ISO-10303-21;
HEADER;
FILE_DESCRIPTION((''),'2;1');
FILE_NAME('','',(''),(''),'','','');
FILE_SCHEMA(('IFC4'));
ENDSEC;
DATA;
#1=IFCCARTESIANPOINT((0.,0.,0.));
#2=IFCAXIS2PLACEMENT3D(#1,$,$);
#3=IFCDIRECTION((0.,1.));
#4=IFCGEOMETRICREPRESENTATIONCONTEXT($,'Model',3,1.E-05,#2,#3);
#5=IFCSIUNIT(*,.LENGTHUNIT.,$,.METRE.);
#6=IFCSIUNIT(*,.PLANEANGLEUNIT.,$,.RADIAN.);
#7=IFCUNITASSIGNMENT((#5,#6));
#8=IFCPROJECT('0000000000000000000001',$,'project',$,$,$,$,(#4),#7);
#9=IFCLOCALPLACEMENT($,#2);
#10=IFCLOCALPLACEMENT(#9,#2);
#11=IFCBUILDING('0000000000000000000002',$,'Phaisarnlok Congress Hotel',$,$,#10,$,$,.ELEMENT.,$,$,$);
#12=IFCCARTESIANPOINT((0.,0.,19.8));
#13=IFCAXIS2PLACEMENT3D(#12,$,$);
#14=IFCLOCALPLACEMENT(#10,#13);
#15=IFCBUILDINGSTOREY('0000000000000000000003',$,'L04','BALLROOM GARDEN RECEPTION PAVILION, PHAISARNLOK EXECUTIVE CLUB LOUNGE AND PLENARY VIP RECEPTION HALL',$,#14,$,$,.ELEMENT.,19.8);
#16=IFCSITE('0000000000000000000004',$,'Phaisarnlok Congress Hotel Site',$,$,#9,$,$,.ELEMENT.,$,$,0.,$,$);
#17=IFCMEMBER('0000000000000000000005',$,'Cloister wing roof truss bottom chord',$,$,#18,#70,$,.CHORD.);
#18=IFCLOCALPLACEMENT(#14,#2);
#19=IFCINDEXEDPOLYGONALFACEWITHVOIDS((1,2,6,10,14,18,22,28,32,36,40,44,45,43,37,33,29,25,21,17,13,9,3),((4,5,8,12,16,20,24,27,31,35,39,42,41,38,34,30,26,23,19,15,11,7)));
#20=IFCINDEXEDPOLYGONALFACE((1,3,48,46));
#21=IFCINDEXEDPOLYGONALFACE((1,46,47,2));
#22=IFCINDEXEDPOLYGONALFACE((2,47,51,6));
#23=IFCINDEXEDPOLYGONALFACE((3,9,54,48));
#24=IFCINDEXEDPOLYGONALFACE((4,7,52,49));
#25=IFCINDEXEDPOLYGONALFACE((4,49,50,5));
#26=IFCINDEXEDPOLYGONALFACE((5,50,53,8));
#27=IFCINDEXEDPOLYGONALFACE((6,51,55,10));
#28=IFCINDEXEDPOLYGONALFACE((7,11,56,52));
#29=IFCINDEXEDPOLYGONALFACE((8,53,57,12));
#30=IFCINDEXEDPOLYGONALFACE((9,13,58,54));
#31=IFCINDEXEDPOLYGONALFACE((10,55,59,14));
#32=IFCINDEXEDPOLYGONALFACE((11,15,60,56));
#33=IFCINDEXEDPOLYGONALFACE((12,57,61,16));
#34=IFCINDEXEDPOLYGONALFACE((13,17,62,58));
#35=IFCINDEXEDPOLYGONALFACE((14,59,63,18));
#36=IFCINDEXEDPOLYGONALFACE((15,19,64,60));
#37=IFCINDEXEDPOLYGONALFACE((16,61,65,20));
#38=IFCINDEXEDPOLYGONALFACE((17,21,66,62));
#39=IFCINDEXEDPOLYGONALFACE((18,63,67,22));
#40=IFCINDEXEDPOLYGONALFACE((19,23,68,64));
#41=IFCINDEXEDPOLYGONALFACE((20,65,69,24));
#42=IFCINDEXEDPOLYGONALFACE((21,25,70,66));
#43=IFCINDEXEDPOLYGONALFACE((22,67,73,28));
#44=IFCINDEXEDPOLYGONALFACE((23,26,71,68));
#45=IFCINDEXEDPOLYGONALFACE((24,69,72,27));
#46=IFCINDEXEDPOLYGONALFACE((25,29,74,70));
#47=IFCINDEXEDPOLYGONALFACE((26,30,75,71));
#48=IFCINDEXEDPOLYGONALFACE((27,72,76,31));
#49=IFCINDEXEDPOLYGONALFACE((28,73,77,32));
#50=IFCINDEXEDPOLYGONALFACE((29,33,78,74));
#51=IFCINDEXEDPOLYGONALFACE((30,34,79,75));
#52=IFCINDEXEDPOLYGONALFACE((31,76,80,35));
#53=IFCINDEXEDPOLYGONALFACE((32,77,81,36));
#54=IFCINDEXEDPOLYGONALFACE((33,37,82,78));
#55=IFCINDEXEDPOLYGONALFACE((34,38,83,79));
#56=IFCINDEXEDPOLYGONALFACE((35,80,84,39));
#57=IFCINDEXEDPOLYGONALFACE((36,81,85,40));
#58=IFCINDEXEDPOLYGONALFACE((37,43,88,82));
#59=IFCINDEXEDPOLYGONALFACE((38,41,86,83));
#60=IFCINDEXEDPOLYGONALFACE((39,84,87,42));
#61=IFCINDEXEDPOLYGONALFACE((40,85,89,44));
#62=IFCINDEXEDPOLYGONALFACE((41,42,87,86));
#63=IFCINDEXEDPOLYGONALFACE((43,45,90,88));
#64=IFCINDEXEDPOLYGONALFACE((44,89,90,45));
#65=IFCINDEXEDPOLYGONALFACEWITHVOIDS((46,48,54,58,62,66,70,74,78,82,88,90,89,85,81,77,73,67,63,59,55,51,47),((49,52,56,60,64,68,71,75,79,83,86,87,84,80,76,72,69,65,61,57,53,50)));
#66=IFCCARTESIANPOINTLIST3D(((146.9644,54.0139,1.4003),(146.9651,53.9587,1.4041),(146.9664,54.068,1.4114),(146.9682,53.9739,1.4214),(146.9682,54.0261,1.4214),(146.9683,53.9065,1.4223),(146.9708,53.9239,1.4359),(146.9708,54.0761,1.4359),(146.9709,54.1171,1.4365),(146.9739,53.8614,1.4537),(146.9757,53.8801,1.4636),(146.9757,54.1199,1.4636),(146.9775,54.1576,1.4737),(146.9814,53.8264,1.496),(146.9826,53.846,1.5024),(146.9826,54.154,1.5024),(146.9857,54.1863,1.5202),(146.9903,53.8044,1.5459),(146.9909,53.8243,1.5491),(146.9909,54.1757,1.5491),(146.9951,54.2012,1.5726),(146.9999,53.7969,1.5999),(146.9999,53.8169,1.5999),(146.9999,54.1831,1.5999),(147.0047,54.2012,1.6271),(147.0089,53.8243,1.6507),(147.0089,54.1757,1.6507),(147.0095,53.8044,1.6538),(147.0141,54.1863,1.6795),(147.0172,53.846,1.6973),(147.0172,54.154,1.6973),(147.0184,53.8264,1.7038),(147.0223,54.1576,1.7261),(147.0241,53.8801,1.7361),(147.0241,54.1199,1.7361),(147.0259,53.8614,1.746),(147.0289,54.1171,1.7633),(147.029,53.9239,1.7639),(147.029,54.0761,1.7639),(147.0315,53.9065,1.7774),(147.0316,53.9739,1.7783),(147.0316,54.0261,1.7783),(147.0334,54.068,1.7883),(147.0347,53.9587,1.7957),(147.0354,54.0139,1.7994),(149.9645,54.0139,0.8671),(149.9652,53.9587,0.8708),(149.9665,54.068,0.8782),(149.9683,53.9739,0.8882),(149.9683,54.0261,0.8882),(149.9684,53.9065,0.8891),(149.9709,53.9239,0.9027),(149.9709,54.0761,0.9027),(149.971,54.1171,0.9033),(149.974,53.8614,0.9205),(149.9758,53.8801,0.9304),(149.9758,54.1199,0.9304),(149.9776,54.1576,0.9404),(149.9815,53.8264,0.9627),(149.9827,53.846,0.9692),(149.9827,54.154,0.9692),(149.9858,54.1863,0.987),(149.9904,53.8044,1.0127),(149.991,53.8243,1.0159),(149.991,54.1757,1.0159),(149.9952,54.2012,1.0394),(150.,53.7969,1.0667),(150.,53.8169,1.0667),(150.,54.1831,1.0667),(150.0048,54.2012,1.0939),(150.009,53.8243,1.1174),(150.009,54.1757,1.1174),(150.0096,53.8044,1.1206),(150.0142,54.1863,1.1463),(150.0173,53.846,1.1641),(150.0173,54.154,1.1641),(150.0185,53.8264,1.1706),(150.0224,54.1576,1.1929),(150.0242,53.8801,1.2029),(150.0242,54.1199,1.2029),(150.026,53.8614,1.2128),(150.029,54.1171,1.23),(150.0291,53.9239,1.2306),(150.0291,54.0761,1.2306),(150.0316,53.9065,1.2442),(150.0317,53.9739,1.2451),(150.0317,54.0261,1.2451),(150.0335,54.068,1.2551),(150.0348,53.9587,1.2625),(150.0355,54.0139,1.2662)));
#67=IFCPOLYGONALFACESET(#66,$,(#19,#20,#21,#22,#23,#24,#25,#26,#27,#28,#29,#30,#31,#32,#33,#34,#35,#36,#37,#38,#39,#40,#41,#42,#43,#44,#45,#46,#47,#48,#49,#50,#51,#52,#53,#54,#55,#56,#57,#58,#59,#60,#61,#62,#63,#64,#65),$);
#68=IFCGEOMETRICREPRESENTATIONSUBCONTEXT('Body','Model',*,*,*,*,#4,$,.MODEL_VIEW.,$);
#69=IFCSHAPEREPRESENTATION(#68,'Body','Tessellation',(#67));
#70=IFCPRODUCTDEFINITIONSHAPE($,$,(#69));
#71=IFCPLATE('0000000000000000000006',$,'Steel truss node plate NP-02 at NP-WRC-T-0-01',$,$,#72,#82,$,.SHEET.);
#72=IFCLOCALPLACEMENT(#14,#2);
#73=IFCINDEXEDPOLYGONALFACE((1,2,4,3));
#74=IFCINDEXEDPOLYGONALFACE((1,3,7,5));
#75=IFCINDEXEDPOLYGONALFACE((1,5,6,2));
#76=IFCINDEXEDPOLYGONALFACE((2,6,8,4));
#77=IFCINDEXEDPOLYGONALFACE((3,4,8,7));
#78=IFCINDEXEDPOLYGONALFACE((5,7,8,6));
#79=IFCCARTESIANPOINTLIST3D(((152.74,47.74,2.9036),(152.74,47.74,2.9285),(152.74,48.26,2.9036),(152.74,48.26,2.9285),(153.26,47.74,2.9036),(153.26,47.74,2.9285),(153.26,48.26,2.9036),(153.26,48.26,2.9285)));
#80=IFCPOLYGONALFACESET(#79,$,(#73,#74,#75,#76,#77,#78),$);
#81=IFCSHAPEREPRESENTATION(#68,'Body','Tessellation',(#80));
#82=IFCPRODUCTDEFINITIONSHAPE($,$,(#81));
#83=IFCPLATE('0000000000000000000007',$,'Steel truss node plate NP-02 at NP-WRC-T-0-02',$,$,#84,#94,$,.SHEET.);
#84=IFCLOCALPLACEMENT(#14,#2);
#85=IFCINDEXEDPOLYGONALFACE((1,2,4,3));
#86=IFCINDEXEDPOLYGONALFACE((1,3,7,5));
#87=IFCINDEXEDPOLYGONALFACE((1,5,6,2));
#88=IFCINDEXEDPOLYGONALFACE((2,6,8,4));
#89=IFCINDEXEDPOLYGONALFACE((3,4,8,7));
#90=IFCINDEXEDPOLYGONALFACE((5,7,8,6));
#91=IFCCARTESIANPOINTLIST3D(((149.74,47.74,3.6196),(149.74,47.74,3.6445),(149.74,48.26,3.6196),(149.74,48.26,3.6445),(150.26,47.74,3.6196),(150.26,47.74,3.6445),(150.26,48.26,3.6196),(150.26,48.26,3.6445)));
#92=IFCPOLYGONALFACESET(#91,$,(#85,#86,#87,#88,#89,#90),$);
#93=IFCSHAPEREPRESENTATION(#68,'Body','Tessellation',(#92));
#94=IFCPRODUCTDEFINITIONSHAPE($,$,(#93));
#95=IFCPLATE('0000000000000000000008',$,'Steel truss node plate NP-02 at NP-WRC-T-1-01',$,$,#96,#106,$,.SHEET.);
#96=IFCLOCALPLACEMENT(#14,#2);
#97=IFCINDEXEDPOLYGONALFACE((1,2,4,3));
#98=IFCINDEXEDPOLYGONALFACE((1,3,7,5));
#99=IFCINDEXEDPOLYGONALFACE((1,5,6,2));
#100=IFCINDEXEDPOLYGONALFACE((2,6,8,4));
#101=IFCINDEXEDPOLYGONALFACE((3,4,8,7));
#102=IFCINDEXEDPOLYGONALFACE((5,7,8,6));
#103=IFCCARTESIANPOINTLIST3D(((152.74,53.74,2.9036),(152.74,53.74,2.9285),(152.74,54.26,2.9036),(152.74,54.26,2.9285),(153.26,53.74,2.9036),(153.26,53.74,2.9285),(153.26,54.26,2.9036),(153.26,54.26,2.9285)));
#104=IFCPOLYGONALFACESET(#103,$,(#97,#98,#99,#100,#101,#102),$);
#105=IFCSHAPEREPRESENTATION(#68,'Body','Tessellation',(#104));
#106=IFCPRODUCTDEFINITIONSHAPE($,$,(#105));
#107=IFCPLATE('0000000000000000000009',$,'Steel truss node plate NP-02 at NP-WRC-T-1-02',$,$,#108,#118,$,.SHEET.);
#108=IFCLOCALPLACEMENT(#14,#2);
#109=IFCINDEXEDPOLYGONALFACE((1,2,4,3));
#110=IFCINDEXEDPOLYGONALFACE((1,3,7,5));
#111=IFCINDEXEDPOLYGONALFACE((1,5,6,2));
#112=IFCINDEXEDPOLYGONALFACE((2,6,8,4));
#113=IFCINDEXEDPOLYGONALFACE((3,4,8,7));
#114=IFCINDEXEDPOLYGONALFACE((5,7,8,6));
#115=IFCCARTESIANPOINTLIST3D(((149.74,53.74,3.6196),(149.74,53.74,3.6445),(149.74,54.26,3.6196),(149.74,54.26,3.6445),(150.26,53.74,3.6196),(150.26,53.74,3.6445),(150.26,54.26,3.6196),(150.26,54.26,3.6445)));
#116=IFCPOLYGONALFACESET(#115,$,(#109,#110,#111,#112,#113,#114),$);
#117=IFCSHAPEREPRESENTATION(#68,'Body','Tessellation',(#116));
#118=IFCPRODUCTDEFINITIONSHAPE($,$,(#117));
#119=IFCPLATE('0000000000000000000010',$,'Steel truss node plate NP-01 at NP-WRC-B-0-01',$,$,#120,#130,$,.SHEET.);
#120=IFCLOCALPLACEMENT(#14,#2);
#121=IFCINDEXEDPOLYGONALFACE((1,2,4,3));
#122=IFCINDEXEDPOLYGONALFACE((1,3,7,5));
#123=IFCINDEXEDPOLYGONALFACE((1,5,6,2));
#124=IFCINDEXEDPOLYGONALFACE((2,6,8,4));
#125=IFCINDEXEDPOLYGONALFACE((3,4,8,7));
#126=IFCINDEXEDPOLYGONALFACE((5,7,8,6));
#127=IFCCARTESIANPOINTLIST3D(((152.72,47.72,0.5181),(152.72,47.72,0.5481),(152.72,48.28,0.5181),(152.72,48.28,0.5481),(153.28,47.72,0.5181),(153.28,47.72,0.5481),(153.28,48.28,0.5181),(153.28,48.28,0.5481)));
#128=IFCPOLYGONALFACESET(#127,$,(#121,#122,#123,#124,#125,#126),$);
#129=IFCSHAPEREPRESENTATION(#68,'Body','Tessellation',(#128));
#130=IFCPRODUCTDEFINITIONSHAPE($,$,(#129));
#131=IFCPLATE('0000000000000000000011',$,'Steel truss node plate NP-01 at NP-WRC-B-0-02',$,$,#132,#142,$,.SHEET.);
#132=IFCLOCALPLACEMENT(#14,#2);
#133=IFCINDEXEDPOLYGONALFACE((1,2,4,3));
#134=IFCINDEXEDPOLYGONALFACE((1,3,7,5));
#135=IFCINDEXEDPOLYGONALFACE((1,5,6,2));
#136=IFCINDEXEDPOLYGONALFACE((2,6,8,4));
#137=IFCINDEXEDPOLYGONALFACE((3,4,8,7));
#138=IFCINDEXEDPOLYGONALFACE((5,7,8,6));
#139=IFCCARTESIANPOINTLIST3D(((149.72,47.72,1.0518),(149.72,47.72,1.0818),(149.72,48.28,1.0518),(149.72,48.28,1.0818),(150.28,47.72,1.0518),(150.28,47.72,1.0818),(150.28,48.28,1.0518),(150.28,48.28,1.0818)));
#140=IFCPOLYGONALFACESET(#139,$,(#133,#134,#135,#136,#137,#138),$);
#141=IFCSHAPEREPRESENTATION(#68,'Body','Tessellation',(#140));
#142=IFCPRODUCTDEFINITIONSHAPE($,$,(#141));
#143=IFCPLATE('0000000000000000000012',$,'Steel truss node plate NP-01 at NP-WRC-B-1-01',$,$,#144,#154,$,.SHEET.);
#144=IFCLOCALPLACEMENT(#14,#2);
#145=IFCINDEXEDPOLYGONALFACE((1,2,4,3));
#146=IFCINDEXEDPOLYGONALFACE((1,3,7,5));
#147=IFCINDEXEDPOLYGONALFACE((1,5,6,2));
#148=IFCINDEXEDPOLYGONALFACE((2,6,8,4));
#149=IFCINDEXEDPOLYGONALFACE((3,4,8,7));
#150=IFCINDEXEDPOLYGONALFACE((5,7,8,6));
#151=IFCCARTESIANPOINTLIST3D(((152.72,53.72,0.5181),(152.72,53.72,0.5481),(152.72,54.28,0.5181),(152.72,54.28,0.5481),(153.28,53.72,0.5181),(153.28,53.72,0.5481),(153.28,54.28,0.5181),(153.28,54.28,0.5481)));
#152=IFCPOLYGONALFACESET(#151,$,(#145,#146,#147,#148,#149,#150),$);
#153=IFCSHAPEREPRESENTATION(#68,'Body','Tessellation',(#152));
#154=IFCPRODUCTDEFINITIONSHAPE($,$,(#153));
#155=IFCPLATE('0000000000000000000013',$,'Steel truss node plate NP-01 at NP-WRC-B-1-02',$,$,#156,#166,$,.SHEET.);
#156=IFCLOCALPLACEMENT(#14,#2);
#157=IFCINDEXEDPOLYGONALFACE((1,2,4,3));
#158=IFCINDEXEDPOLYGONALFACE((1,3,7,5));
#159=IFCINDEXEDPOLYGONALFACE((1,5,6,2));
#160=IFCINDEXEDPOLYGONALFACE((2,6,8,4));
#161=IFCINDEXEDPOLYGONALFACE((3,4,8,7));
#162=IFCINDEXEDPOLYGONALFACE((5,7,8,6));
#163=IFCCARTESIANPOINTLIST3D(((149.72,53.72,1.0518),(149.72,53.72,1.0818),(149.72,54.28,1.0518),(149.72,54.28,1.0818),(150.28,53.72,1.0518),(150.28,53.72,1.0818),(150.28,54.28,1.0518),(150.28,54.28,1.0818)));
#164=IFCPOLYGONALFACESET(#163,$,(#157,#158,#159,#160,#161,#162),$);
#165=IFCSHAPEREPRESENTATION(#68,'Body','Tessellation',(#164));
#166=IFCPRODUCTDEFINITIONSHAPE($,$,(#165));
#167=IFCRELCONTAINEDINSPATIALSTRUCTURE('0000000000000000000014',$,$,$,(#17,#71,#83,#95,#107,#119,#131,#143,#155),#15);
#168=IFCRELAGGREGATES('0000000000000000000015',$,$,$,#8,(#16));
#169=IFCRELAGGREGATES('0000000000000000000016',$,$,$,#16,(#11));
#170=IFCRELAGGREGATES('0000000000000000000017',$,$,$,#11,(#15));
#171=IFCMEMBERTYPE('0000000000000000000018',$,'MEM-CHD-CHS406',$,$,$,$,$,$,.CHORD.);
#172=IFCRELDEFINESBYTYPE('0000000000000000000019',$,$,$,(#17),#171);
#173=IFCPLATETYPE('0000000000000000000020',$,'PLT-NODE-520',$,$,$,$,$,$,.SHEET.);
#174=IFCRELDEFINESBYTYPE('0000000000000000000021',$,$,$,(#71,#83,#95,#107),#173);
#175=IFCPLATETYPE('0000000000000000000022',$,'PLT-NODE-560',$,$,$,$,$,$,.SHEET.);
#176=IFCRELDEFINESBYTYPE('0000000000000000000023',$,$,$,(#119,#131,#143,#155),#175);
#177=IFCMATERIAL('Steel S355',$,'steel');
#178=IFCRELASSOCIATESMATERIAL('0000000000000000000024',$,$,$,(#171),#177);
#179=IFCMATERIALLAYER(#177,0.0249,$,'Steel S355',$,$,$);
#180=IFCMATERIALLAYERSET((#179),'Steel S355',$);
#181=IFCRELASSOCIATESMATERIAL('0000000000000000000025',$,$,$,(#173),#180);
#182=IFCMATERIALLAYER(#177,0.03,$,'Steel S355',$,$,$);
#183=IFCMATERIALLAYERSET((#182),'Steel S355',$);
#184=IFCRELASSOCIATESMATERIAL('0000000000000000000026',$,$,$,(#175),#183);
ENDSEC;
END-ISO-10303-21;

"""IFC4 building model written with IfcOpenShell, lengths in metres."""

from ifc_helpers import new_model, si_unit, direction, frame, origin, origin_2d, place, context, subcontext, project, spatial, rectangle, hollow_circle, extrude, material, layer, layer_set, material_profile, profile_set, type_object, element, save


model = new_model("IFC4")

# Units and contexts
model_context = context("Model", 3, precision=1e-05, world=origin(), true_north=direction((0.0, 1.0)))
body_context = subcontext(model_context, "Body", "Model", "MODEL_VIEW")
ifc_project = project(units=[si_unit("LENGTHUNIT", "METRE"), si_unit("PLANEANGLEUNIT", "RADIAN")], contexts=[model_context])

# Site, building, storey
site_placement = place(None, origin())
site = spatial("IfcSite", under=ifc_project, at=site_placement, Name="Phaisarnlok Congress Hotel Site", CompositionType="ELEMENT", RefElevation=0.0)
building_placement = place(site_placement, origin())
building = spatial("IfcBuilding", under=site, at=building_placement, Name="Phaisarnlok Congress Hotel", CompositionType="ELEMENT")
storey_placement = place(building_placement, frame((0.0, 0.0, 19.8)))
storey = spatial("IfcBuildingStorey", under=building, at=storey_placement, Name="L04", Description="BALLROOM GARDEN RECEPTION PAVILION, PHAISARNLOK EXECUTIVE CLUB LOUNGE AND PLENARY VIP RECEPTION HALL", CompositionType="ELEMENT", Elevation=19.8)

# Shared definitions
ifc_material = material(Name="Steel S355", Category="steel")

# Member
ifc_material_profile_1 = material_profile(ifc_material, hollow_circle(Radius=0.2031, WallThickness=0.02, at=origin_2d()), Name="CHS 406.4x20")
ifc_profile_set_1 = profile_set([ifc_material_profile_1], Name="Steel S355")
member_type_1 = type_object("IfcMemberType", Name="MEM-CHD-CHS406", PredefinedType="CHORD", material=ifc_profile_set_1)
for number, where, z_axis, x_axis, name in (
    (1, (150.0, 54.0, 1.0667), (-0.98457, 0.0, 0.174992), (0.0, -1.0, 0.0), "Cloister wing roof truss bottom chord"),
):
    element("IfcMember", number, at=place(storey_placement, frame(where, z_axis=z_axis, x_axis=x_axis)), inside=storey, type_object=member_type_1, Name=name, PredefinedType="CHORD", context=body_context, shape_type="SweptSolid", body=[
        extrude(hollow_circle(Radius=0.2031, WallThickness=0.02, at=origin_2d()), origin(), (0.0, 0.0, 1.0), 3.0471),
    ])

# Plates
ifc_layer_1 = layer(ifc_material, 0.0249, Name="Steel S355")
ifc_layer_set_1 = layer_set([ifc_layer_1], Name="Steel S355")
plate_type_1 = type_object("IfcPlateType", Name="PLT-NODE-520", PredefinedType="SHEET", material=ifc_layer_set_1)
for number, where, z_axis, x_axis, name in (
    (2, (153.0, 48.0, 2.9036), (0.0, 0.0, 1.0), (1.0, 0.0, 0.0), "Steel truss node plate NP-02 at NP-WRC-T-0-01"),
    (3, (150.0, 48.0, 3.6196), (0.0, 0.0, 1.0), (1.0, 0.0, 0.0), "Steel truss node plate NP-02 at NP-WRC-T-0-02"),
    (4, (153.0, 54.0, 2.9036), (0.0, 0.0, 1.0), (1.0, 0.0, 0.0), "Steel truss node plate NP-02 at NP-WRC-T-1-01"),
    (5, (150.0, 54.0, 3.6196), (0.0, 0.0, 1.0), (1.0, 0.0, 0.0), "Steel truss node plate NP-02 at NP-WRC-T-1-02"),
):
    element("IfcPlate", number, at=place(storey_placement, frame(where, z_axis=z_axis, x_axis=x_axis)), inside=storey, type_object=plate_type_1, Name=name, PredefinedType="SHEET", context=body_context, shape_type="SweptSolid", body=[
        extrude(rectangle(XDim=0.52, YDim=0.52, at=origin_2d()), origin(), (0.0, 0.0, 1.0), 0.0249),
    ])
ifc_layer_2 = layer(ifc_material, 0.03, Name="Steel S355")
ifc_layer_set_2 = layer_set([ifc_layer_2], Name="Steel S355")
plate_type_2 = type_object("IfcPlateType", Name="PLT-NODE-560", PredefinedType="SHEET", material=ifc_layer_set_2)
for number, where, z_axis, x_axis, name in (
    (6, (153.0, 48.0, 0.5181), (0.0, 0.0, 1.0), (1.0, 0.0, 0.0), "Steel truss node plate NP-01 at NP-WRC-B-0-01"),
    (7, (150.0, 48.0, 1.0518), (0.0, 0.0, 1.0), (1.0, 0.0, 0.0), "Steel truss node plate NP-01 at NP-WRC-B-0-02"),
    (8, (153.0, 54.0, 0.5181), (0.0, 0.0, 1.0), (1.0, 0.0, 0.0), "Steel truss node plate NP-01 at NP-WRC-B-1-01"),
    (9, (150.0, 54.0, 1.0518), (0.0, 0.0, 1.0), (1.0, 0.0, 0.0), "Steel truss node plate NP-01 at NP-WRC-B-1-02"),
):
    element("IfcPlate", number, at=place(storey_placement, frame(where, z_axis=z_axis, x_axis=x_axis)), inside=storey, type_object=plate_type_2, Name=name, PredefinedType="SHEET", context=body_context, shape_type="SweptSolid", body=[
        extrude(rectangle(XDim=0.5601, YDim=0.5601, at=origin_2d()), origin(), (0.0, 0.0, 1.0), 0.03),
    ])

save(model, "model.ifc")
